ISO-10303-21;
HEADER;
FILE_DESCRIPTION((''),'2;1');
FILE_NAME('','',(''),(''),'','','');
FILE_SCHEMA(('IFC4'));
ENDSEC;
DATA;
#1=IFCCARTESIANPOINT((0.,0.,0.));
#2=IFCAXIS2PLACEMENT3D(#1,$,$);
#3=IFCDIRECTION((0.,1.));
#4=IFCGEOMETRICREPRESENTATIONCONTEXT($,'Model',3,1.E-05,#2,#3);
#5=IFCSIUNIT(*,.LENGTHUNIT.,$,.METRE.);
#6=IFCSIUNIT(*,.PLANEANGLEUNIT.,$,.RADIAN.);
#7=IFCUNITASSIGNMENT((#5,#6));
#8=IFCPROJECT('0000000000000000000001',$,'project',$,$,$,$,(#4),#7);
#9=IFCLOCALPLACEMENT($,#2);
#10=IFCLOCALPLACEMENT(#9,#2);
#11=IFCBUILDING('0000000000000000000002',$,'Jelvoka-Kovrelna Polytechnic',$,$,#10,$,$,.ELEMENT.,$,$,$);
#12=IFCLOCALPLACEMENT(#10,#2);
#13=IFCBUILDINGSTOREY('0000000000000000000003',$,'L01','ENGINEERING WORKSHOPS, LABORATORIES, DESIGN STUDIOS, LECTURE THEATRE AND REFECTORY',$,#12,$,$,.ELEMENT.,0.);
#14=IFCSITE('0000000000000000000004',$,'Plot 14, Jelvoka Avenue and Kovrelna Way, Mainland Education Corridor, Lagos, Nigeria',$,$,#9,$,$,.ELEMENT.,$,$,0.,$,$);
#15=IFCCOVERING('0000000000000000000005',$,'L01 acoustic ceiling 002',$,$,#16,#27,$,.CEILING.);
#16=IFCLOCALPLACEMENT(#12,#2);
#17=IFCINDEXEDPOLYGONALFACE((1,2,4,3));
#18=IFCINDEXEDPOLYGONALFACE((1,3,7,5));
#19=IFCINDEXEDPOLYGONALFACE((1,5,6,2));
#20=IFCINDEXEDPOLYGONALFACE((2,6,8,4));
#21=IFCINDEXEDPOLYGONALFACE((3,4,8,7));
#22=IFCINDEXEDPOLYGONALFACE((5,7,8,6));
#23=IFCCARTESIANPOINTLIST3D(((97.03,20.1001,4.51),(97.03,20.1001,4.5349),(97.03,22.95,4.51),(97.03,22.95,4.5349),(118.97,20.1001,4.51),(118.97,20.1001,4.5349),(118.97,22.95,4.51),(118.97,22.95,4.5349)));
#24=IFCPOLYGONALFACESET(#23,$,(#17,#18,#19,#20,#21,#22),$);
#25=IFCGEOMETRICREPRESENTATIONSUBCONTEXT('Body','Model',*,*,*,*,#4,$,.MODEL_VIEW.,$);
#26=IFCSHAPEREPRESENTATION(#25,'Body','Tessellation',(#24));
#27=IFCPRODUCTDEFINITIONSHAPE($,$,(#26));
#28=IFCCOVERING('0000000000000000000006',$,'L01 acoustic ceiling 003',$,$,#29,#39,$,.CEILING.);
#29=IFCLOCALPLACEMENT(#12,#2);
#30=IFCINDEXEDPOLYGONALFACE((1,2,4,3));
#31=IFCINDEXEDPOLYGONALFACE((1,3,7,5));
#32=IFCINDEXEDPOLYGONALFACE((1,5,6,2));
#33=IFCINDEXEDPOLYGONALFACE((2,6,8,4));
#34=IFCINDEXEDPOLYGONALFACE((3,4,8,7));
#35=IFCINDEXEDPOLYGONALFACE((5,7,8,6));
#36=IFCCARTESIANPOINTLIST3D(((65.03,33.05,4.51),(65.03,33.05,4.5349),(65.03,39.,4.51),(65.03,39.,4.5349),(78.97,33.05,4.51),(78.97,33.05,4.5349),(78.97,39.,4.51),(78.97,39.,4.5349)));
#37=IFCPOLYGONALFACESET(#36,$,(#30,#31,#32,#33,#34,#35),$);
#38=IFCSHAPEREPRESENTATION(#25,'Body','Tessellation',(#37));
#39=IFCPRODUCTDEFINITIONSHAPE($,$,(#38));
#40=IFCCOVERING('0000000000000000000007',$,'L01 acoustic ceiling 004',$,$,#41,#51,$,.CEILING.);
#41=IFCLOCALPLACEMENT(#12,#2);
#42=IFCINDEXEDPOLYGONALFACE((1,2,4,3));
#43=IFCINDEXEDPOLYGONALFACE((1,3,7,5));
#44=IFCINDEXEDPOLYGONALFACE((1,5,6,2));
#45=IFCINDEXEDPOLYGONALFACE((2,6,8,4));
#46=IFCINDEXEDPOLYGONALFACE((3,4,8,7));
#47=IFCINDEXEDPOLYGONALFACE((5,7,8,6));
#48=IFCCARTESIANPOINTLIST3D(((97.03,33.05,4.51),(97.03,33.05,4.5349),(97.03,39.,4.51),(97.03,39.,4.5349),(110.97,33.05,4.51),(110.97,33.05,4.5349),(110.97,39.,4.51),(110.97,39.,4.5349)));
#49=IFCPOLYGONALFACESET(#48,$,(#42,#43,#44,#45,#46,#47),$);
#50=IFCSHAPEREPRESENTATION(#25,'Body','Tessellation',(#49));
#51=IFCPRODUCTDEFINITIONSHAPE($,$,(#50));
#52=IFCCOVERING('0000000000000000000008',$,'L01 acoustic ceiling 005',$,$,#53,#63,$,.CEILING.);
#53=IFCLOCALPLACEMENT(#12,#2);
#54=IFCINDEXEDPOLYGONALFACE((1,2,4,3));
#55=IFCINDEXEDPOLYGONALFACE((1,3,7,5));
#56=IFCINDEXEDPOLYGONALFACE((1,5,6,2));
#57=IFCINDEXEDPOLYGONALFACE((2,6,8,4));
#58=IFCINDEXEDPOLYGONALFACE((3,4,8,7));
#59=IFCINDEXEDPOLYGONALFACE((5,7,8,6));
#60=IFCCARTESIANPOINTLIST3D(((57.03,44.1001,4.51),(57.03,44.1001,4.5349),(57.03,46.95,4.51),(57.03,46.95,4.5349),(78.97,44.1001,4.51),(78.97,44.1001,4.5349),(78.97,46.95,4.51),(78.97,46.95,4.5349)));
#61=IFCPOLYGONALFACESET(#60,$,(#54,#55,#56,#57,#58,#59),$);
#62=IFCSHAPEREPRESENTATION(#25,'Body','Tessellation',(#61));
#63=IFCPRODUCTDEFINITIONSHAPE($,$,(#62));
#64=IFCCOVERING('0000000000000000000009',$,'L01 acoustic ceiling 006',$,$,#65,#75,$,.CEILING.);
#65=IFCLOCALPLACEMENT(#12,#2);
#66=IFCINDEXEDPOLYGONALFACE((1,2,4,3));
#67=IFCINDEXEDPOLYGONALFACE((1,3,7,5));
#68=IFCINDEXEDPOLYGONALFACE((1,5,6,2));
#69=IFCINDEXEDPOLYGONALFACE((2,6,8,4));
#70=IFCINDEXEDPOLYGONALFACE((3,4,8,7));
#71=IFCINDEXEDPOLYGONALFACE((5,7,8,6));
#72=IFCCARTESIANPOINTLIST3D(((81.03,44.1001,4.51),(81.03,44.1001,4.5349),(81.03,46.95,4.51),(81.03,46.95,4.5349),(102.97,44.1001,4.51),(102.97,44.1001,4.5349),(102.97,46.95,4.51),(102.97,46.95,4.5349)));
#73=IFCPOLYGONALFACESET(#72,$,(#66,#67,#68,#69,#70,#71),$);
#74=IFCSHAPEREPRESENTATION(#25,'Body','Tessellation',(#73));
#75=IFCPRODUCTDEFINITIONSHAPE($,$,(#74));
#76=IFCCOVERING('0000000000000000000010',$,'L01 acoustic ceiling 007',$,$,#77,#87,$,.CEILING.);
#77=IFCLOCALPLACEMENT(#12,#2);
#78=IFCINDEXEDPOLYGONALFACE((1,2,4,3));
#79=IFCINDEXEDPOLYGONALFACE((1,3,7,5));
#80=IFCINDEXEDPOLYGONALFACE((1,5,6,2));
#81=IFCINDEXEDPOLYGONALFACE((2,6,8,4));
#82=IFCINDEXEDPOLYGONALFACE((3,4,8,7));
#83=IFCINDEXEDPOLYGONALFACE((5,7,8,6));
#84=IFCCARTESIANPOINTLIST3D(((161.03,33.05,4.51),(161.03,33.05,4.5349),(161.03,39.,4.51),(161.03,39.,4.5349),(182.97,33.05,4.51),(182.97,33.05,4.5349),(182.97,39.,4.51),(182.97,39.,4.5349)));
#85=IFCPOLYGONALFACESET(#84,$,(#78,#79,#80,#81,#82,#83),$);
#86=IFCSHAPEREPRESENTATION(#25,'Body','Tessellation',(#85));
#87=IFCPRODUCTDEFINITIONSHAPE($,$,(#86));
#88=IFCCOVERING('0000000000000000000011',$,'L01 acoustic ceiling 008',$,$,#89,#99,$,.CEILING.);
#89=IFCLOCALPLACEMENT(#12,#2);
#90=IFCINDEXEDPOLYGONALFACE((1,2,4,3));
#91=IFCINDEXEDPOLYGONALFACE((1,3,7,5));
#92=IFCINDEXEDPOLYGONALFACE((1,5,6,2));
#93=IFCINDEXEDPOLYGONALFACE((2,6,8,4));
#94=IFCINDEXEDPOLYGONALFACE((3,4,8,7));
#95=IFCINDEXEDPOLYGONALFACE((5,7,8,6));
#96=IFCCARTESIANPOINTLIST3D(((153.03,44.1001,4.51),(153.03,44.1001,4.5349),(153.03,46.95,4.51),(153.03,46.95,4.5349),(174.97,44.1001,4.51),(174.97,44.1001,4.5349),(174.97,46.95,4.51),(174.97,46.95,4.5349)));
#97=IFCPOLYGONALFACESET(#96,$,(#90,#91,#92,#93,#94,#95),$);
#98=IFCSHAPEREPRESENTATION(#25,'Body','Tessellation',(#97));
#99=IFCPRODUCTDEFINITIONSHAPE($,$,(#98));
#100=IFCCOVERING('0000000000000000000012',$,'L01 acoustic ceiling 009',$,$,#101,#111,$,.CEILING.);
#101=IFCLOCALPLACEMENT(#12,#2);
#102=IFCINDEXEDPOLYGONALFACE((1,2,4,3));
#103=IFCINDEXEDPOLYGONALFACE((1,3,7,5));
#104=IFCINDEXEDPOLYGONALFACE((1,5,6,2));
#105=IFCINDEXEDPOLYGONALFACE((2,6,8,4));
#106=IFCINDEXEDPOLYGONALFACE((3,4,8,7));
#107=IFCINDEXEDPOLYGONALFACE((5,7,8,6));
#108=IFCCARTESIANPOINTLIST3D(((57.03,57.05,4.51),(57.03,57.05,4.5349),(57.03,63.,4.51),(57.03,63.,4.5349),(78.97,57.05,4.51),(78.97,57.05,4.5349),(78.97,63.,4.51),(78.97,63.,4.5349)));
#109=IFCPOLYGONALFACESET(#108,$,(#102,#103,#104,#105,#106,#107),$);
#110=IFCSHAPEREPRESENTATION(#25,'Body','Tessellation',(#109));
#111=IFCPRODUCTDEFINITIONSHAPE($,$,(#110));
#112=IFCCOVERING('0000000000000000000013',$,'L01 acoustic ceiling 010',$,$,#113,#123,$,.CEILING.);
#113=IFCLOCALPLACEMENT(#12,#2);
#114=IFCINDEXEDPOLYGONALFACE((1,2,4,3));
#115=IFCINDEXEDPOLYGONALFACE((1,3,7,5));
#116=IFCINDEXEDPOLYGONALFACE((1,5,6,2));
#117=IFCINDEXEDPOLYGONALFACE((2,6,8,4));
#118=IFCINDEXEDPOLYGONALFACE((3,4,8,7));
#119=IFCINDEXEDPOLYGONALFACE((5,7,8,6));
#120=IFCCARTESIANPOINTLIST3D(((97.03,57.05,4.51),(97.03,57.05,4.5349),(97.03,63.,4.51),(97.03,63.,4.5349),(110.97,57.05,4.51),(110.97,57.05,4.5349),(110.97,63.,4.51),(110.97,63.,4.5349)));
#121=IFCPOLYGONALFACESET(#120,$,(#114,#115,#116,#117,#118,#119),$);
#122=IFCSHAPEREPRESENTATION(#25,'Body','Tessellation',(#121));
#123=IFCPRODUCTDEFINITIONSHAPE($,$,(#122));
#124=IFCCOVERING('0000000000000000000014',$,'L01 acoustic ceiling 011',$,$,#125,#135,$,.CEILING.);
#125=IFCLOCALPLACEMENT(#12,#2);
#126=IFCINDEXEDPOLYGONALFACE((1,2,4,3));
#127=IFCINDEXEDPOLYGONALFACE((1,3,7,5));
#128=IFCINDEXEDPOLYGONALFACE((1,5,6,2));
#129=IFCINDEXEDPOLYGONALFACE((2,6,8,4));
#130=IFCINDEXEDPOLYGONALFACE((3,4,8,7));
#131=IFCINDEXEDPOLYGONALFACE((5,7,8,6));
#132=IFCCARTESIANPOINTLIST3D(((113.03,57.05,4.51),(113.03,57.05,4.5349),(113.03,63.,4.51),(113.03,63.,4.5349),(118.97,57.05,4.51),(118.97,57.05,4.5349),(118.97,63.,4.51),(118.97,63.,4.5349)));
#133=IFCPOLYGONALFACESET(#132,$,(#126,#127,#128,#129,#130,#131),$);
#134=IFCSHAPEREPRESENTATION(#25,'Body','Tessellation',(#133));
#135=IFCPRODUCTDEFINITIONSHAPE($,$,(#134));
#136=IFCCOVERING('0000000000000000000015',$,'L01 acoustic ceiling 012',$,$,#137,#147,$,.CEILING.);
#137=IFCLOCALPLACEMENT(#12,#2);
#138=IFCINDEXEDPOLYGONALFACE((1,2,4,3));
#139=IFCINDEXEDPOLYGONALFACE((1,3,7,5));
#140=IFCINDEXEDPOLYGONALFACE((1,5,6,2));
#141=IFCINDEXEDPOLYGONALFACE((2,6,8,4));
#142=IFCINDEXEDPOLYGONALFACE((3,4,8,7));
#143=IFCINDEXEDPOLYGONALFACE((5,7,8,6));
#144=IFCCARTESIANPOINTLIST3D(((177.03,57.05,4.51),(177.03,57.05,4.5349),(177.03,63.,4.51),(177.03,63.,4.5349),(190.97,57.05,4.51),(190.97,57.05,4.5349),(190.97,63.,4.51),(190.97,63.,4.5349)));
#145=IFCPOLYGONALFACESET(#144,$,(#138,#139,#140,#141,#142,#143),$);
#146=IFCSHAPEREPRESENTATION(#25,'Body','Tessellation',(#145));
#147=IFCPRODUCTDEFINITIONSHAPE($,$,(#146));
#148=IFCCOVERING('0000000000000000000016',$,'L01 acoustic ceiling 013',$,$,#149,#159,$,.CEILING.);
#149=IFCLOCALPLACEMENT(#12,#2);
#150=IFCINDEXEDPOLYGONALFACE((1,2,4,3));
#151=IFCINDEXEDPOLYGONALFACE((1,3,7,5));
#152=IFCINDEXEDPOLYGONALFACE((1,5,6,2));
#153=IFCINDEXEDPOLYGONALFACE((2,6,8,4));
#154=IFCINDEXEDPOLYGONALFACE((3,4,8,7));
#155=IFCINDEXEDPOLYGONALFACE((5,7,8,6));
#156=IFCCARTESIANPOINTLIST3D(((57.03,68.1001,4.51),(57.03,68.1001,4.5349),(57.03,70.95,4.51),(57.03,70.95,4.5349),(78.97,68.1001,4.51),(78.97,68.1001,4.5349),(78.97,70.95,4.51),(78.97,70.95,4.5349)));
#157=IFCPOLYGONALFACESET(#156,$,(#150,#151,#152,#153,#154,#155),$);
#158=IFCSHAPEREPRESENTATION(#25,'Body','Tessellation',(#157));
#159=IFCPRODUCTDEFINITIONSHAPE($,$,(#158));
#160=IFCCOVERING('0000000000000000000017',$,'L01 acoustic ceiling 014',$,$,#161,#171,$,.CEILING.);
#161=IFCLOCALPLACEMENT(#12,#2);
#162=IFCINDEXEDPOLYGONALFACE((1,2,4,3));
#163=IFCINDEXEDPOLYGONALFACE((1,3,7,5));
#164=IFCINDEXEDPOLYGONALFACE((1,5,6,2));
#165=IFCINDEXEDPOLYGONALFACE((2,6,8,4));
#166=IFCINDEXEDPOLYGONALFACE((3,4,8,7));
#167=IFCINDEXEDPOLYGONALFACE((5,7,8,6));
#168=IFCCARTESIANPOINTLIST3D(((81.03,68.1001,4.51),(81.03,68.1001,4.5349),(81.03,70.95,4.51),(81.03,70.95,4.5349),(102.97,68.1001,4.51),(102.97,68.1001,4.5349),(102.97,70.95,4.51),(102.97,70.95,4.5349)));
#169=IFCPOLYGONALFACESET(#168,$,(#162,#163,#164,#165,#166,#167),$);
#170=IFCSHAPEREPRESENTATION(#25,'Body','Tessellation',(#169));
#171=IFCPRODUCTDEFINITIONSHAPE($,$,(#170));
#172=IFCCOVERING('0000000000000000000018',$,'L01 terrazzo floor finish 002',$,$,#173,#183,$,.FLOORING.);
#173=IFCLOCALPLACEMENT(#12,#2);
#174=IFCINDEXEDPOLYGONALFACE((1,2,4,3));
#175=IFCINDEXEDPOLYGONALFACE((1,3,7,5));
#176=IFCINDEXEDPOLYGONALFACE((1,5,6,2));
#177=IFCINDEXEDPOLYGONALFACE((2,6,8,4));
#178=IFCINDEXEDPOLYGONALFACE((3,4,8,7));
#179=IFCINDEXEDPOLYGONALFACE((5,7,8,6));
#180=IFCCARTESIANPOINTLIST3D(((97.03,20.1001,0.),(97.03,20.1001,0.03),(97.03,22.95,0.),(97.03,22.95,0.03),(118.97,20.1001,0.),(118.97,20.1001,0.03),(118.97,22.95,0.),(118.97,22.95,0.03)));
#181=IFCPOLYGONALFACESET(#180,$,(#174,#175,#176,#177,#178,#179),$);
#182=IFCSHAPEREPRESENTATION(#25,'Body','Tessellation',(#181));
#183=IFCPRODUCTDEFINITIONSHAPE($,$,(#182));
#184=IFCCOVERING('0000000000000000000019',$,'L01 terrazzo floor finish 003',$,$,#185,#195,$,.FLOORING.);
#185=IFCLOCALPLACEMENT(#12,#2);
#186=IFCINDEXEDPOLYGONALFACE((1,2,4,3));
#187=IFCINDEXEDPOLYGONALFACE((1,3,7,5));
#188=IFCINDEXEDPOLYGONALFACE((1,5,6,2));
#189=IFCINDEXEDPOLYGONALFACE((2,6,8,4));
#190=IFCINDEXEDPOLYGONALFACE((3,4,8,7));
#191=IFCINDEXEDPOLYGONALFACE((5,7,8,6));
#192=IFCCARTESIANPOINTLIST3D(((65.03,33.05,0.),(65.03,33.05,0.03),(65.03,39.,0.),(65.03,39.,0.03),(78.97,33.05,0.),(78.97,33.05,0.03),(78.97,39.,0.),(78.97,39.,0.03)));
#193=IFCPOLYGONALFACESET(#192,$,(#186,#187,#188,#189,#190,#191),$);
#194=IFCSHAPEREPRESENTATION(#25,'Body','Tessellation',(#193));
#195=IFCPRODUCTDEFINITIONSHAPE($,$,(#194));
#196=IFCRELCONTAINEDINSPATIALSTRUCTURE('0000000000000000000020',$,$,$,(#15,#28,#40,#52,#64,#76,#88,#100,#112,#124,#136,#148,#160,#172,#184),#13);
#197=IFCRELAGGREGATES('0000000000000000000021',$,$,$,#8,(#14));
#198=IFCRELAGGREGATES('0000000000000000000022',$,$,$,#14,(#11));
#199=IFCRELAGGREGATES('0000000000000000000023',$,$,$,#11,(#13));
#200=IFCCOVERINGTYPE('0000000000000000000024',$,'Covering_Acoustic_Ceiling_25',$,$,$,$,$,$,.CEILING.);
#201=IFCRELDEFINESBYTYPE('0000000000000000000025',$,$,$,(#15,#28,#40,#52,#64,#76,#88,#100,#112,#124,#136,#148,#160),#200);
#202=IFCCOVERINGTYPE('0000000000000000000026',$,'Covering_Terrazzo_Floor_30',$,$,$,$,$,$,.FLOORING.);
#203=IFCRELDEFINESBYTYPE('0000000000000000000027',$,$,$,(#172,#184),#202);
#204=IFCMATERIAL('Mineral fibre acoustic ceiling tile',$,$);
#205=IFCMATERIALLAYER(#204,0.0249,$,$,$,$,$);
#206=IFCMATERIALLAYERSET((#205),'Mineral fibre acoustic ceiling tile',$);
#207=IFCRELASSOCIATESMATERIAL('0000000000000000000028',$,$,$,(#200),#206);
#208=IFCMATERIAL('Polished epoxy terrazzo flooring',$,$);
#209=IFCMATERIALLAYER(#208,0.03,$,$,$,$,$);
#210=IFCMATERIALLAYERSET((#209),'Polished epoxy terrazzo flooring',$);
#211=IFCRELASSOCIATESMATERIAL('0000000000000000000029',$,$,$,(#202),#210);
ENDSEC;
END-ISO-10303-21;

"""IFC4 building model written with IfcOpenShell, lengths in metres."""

from ifc_helpers import new_model, si_unit, direction, frame, origin, place, context, subcontext, project, spatial, polyline, outline, extrude, material, layer, layer_set, type_object, element, save


model = new_model("IFC4")

# Units and contexts
model_context = context("Model", 3, precision=1e-05, world=origin(), true_north=direction((0.0, 1.0)))
body_context = subcontext(model_context, "Body", "Model", "MODEL_VIEW")
ifc_project = project(units=[si_unit("LENGTHUNIT", "METRE"), si_unit("PLANEANGLEUNIT", "RADIAN")], contexts=[model_context])

# Site, building, storey
site_placement = place(None, origin())
site = spatial("IfcSite", under=ifc_project, at=site_placement, Name="Plot 14, Jelvoka Avenue and Kovrelna Way, Mainland Education Corridor, Lagos, Nigeria", CompositionType="ELEMENT", RefElevation=0.0)
building_placement = place(site_placement, origin())
building = spatial("IfcBuilding", under=site, at=building_placement, Name="Jelvoka-Kovrelna Polytechnic", CompositionType="ELEMENT")
storey_placement = place(building_placement, origin())
storey = spatial("IfcBuildingStorey", under=building, at=storey_placement, Name="L01", Description="ENGINEERING WORKSHOPS, LABORATORIES, DESIGN STUDIOS, LECTURE THEATRE AND REFECTORY", CompositionType="ELEMENT", Elevation=0.0)

# Coverings
ifc_material_1 = material(Name="Mineral fibre acoustic ceiling tile")
ifc_layer_1 = layer(ifc_material_1, 0.0249)
ifc_layer_set_1 = layer_set([ifc_layer_1], Name="Mineral fibre acoustic ceiling tile")
covering_type_1 = type_object("IfcCoveringType", Name="Covering_Acoustic_Ceiling_25", PredefinedType="CEILING", material=ifc_layer_set_1)
covering_1_placement = place(storey_placement, frame((0.0, 0.0, 4.51)))
element("IfcCovering", 1, at=covering_1_placement, inside=storey, type_object=covering_type_1, Name="L01 acoustic ceiling 002", PredefinedType="CEILING", context=body_context, shape_type="SweptSolid", body=[
    extrude(outline(polyline([(97.03, 20.1001), (118.97, 20.1001), (118.97, 22.95), (97.03, 22.95), (97.03, 20.1001)])), origin(), (0.0, 0.0, 1.0), 0.0249),
])
covering_2_placement = place(storey_placement, frame((0.0, 0.0, 4.51)))
element("IfcCovering", 2, at=covering_2_placement, inside=storey, type_object=covering_type_1, Name="L01 acoustic ceiling 003", PredefinedType="CEILING", context=body_context, shape_type="SweptSolid", body=[
    extrude(outline(polyline([(65.03, 33.05), (78.97, 33.05), (78.97, 39.0), (65.03, 39.0), (65.03, 33.05)])), origin(), (0.0, 0.0, 1.0), 0.0249),
])
covering_3_placement = place(storey_placement, frame((0.0, 0.0, 4.51)))
element("IfcCovering", 3, at=covering_3_placement, inside=storey, type_object=covering_type_1, Name="L01 acoustic ceiling 004", PredefinedType="CEILING", context=body_context, shape_type="SweptSolid", body=[
    extrude(outline(polyline([(97.03, 33.05), (110.97, 33.05), (110.97, 39.0), (97.03, 39.0), (97.03, 33.05)])), origin(), (0.0, 0.0, 1.0), 0.0249),
])
covering_4_placement = place(storey_placement, frame((0.0, 0.0, 4.51)))
element("IfcCovering", 4, at=covering_4_placement, inside=storey, type_object=covering_type_1, Name="L01 acoustic ceiling 005", PredefinedType="CEILING", context=body_context, shape_type="SweptSolid", body=[
    extrude(outline(polyline([(57.03, 44.1001), (78.97, 44.1001), (78.97, 46.95), (57.03, 46.95), (57.03, 44.1001)])), origin(), (0.0, 0.0, 1.0), 0.0249),
])
covering_5_placement = place(storey_placement, frame((0.0, 0.0, 4.51)))
element("IfcCovering", 5, at=covering_5_placement, inside=storey, type_object=covering_type_1, Name="L01 acoustic ceiling 006", PredefinedType="CEILING", context=body_context, shape_type="SweptSolid", body=[
    extrude(outline(polyline([(81.03, 44.1001), (102.97, 44.1001), (102.97, 46.95), (81.03, 46.95), (81.03, 44.1001)])), origin(), (0.0, 0.0, 1.0), 0.0249),
])
covering_6_placement = place(storey_placement, frame((0.0, 0.0, 4.51)))
element("IfcCovering", 6, at=covering_6_placement, inside=storey, type_object=covering_type_1, Name="L01 acoustic ceiling 007", PredefinedType="CEILING", context=body_context, shape_type="SweptSolid", body=[
    extrude(outline(polyline([(161.03, 33.05), (182.97, 33.05), (182.97, 39.0), (161.03, 39.0), (161.03, 33.05)])), origin(), (0.0, 0.0, 1.0), 0.0249),
])
covering_7_placement = place(storey_placement, frame((0.0, 0.0, 4.51)))
element("IfcCovering", 7, at=covering_7_placement, inside=storey, type_object=covering_type_1, Name="L01 acoustic ceiling 008", PredefinedType="CEILING", context=body_context, shape_type="SweptSolid", body=[
    extrude(outline(polyline([(153.03, 44.1001), (174.97, 44.1001), (174.97, 46.95), (153.03, 46.95), (153.03, 44.1001)])), origin(), (0.0, 0.0, 1.0), 0.0249),
])
covering_8_placement = place(storey_placement, frame((0.0, 0.0, 4.51)))
element("IfcCovering", 8, at=covering_8_placement, inside=storey, type_object=covering_type_1, Name="L01 acoustic ceiling 009", PredefinedType="CEILING", context=body_context, shape_type="SweptSolid", body=[
    extrude(outline(polyline([(57.03, 57.05), (78.97, 57.05), (78.97, 63.0), (57.03, 63.0), (57.03, 57.05)])), origin(), (0.0, 0.0, 1.0), 0.0249),
])
covering_9_placement = place(storey_placement, frame((0.0, 0.0, 4.51)))
element("IfcCovering", 9, at=covering_9_placement, inside=storey, type_object=covering_type_1, Name="L01 acoustic ceiling 010", PredefinedType="CEILING", context=body_context, shape_type="SweptSolid", body=[
    extrude(outline(polyline([(97.03, 57.05), (110.97, 57.05), (110.97, 63.0), (97.03, 63.0), (97.03, 57.05)])), origin(), (0.0, 0.0, 1.0), 0.0249),
])
covering_10_placement = place(storey_placement, frame((0.0, 0.0, 4.51)))
element("IfcCovering", 10, at=covering_10_placement, inside=storey, type_object=covering_type_1, Name="L01 acoustic ceiling 011", PredefinedType="CEILING", context=body_context, shape_type="SweptSolid", body=[
    extrude(outline(polyline([(113.03, 57.05), (118.97, 57.05), (118.97, 63.0), (113.03, 63.0), (113.03, 57.05)])), origin(), (0.0, 0.0, 1.0), 0.0249),
])
covering_11_placement = place(storey_placement, frame((0.0, 0.0, 4.51)))
element("IfcCovering", 11, at=covering_11_placement, inside=storey, type_object=covering_type_1, Name="L01 acoustic ceiling 012", PredefinedType="CEILING", context=body_context, shape_type="SweptSolid", body=[
    extrude(outline(polyline([(177.03, 57.05), (190.97, 57.05), (190.97, 63.0), (177.03, 63.0), (177.03, 57.05)])), origin(), (0.0, 0.0, 1.0), 0.0249),
])
covering_12_placement = place(storey_placement, frame((0.0, 0.0, 4.51)))
element("IfcCovering", 12, at=covering_12_placement, inside=storey, type_object=covering_type_1, Name="L01 acoustic ceiling 013", PredefinedType="CEILING", context=body_context, shape_type="SweptSolid", body=[
    extrude(outline(polyline([(57.03, 68.1001), (78.97, 68.1001), (78.97, 70.95), (57.03, 70.95), (57.03, 68.1001)])), origin(), (0.0, 0.0, 1.0), 0.0249),
])
covering_13_placement = place(storey_placement, frame((0.0, 0.0, 4.51)))
element("IfcCovering", 13, at=covering_13_placement, inside=storey, type_object=covering_type_1, Name="L01 acoustic ceiling 014", PredefinedType="CEILING", context=body_context, shape_type="SweptSolid", body=[
    extrude(outline(polyline([(81.03, 68.1001), (102.97, 68.1001), (102.97, 70.95), (81.03, 70.95), (81.03, 68.1001)])), origin(), (0.0, 0.0, 1.0), 0.0249),
])
ifc_material_2 = material(Name="Polished epoxy terrazzo flooring")
ifc_layer_2 = layer(ifc_material_2, 0.03)
ifc_layer_set_2 = layer_set([ifc_layer_2], Name="Polished epoxy terrazzo flooring")
covering_type_2 = type_object("IfcCoveringType", Name="Covering_Terrazzo_Floor_30", PredefinedType="FLOORING", material=ifc_layer_set_2)
covering_14_placement = place(storey_placement, origin())
element("IfcCovering", 14, at=covering_14_placement, inside=storey, type_object=covering_type_2, Name="L01 terrazzo floor finish 002", PredefinedType="FLOORING", context=body_context, shape_type="SweptSolid", body=[
    extrude(outline(polyline([(97.03, 20.1001), (118.97, 20.1001), (118.97, 22.95), (97.03, 22.95), (97.03, 20.1001)])), origin(), (0.0, 0.0, 1.0), 0.03),
])
covering_15_placement = place(storey_placement, origin())
element("IfcCovering", 15, at=covering_15_placement, inside=storey, type_object=covering_type_2, Name="L01 terrazzo floor finish 003", PredefinedType="FLOORING", context=body_context, shape_type="SweptSolid", body=[
    extrude(outline(polyline([(65.03, 33.05), (78.97, 33.05), (78.97, 39.0), (65.03, 39.0), (65.03, 33.05)])), origin(), (0.0, 0.0, 1.0), 0.03),
])

save(model, "model.ifc")
